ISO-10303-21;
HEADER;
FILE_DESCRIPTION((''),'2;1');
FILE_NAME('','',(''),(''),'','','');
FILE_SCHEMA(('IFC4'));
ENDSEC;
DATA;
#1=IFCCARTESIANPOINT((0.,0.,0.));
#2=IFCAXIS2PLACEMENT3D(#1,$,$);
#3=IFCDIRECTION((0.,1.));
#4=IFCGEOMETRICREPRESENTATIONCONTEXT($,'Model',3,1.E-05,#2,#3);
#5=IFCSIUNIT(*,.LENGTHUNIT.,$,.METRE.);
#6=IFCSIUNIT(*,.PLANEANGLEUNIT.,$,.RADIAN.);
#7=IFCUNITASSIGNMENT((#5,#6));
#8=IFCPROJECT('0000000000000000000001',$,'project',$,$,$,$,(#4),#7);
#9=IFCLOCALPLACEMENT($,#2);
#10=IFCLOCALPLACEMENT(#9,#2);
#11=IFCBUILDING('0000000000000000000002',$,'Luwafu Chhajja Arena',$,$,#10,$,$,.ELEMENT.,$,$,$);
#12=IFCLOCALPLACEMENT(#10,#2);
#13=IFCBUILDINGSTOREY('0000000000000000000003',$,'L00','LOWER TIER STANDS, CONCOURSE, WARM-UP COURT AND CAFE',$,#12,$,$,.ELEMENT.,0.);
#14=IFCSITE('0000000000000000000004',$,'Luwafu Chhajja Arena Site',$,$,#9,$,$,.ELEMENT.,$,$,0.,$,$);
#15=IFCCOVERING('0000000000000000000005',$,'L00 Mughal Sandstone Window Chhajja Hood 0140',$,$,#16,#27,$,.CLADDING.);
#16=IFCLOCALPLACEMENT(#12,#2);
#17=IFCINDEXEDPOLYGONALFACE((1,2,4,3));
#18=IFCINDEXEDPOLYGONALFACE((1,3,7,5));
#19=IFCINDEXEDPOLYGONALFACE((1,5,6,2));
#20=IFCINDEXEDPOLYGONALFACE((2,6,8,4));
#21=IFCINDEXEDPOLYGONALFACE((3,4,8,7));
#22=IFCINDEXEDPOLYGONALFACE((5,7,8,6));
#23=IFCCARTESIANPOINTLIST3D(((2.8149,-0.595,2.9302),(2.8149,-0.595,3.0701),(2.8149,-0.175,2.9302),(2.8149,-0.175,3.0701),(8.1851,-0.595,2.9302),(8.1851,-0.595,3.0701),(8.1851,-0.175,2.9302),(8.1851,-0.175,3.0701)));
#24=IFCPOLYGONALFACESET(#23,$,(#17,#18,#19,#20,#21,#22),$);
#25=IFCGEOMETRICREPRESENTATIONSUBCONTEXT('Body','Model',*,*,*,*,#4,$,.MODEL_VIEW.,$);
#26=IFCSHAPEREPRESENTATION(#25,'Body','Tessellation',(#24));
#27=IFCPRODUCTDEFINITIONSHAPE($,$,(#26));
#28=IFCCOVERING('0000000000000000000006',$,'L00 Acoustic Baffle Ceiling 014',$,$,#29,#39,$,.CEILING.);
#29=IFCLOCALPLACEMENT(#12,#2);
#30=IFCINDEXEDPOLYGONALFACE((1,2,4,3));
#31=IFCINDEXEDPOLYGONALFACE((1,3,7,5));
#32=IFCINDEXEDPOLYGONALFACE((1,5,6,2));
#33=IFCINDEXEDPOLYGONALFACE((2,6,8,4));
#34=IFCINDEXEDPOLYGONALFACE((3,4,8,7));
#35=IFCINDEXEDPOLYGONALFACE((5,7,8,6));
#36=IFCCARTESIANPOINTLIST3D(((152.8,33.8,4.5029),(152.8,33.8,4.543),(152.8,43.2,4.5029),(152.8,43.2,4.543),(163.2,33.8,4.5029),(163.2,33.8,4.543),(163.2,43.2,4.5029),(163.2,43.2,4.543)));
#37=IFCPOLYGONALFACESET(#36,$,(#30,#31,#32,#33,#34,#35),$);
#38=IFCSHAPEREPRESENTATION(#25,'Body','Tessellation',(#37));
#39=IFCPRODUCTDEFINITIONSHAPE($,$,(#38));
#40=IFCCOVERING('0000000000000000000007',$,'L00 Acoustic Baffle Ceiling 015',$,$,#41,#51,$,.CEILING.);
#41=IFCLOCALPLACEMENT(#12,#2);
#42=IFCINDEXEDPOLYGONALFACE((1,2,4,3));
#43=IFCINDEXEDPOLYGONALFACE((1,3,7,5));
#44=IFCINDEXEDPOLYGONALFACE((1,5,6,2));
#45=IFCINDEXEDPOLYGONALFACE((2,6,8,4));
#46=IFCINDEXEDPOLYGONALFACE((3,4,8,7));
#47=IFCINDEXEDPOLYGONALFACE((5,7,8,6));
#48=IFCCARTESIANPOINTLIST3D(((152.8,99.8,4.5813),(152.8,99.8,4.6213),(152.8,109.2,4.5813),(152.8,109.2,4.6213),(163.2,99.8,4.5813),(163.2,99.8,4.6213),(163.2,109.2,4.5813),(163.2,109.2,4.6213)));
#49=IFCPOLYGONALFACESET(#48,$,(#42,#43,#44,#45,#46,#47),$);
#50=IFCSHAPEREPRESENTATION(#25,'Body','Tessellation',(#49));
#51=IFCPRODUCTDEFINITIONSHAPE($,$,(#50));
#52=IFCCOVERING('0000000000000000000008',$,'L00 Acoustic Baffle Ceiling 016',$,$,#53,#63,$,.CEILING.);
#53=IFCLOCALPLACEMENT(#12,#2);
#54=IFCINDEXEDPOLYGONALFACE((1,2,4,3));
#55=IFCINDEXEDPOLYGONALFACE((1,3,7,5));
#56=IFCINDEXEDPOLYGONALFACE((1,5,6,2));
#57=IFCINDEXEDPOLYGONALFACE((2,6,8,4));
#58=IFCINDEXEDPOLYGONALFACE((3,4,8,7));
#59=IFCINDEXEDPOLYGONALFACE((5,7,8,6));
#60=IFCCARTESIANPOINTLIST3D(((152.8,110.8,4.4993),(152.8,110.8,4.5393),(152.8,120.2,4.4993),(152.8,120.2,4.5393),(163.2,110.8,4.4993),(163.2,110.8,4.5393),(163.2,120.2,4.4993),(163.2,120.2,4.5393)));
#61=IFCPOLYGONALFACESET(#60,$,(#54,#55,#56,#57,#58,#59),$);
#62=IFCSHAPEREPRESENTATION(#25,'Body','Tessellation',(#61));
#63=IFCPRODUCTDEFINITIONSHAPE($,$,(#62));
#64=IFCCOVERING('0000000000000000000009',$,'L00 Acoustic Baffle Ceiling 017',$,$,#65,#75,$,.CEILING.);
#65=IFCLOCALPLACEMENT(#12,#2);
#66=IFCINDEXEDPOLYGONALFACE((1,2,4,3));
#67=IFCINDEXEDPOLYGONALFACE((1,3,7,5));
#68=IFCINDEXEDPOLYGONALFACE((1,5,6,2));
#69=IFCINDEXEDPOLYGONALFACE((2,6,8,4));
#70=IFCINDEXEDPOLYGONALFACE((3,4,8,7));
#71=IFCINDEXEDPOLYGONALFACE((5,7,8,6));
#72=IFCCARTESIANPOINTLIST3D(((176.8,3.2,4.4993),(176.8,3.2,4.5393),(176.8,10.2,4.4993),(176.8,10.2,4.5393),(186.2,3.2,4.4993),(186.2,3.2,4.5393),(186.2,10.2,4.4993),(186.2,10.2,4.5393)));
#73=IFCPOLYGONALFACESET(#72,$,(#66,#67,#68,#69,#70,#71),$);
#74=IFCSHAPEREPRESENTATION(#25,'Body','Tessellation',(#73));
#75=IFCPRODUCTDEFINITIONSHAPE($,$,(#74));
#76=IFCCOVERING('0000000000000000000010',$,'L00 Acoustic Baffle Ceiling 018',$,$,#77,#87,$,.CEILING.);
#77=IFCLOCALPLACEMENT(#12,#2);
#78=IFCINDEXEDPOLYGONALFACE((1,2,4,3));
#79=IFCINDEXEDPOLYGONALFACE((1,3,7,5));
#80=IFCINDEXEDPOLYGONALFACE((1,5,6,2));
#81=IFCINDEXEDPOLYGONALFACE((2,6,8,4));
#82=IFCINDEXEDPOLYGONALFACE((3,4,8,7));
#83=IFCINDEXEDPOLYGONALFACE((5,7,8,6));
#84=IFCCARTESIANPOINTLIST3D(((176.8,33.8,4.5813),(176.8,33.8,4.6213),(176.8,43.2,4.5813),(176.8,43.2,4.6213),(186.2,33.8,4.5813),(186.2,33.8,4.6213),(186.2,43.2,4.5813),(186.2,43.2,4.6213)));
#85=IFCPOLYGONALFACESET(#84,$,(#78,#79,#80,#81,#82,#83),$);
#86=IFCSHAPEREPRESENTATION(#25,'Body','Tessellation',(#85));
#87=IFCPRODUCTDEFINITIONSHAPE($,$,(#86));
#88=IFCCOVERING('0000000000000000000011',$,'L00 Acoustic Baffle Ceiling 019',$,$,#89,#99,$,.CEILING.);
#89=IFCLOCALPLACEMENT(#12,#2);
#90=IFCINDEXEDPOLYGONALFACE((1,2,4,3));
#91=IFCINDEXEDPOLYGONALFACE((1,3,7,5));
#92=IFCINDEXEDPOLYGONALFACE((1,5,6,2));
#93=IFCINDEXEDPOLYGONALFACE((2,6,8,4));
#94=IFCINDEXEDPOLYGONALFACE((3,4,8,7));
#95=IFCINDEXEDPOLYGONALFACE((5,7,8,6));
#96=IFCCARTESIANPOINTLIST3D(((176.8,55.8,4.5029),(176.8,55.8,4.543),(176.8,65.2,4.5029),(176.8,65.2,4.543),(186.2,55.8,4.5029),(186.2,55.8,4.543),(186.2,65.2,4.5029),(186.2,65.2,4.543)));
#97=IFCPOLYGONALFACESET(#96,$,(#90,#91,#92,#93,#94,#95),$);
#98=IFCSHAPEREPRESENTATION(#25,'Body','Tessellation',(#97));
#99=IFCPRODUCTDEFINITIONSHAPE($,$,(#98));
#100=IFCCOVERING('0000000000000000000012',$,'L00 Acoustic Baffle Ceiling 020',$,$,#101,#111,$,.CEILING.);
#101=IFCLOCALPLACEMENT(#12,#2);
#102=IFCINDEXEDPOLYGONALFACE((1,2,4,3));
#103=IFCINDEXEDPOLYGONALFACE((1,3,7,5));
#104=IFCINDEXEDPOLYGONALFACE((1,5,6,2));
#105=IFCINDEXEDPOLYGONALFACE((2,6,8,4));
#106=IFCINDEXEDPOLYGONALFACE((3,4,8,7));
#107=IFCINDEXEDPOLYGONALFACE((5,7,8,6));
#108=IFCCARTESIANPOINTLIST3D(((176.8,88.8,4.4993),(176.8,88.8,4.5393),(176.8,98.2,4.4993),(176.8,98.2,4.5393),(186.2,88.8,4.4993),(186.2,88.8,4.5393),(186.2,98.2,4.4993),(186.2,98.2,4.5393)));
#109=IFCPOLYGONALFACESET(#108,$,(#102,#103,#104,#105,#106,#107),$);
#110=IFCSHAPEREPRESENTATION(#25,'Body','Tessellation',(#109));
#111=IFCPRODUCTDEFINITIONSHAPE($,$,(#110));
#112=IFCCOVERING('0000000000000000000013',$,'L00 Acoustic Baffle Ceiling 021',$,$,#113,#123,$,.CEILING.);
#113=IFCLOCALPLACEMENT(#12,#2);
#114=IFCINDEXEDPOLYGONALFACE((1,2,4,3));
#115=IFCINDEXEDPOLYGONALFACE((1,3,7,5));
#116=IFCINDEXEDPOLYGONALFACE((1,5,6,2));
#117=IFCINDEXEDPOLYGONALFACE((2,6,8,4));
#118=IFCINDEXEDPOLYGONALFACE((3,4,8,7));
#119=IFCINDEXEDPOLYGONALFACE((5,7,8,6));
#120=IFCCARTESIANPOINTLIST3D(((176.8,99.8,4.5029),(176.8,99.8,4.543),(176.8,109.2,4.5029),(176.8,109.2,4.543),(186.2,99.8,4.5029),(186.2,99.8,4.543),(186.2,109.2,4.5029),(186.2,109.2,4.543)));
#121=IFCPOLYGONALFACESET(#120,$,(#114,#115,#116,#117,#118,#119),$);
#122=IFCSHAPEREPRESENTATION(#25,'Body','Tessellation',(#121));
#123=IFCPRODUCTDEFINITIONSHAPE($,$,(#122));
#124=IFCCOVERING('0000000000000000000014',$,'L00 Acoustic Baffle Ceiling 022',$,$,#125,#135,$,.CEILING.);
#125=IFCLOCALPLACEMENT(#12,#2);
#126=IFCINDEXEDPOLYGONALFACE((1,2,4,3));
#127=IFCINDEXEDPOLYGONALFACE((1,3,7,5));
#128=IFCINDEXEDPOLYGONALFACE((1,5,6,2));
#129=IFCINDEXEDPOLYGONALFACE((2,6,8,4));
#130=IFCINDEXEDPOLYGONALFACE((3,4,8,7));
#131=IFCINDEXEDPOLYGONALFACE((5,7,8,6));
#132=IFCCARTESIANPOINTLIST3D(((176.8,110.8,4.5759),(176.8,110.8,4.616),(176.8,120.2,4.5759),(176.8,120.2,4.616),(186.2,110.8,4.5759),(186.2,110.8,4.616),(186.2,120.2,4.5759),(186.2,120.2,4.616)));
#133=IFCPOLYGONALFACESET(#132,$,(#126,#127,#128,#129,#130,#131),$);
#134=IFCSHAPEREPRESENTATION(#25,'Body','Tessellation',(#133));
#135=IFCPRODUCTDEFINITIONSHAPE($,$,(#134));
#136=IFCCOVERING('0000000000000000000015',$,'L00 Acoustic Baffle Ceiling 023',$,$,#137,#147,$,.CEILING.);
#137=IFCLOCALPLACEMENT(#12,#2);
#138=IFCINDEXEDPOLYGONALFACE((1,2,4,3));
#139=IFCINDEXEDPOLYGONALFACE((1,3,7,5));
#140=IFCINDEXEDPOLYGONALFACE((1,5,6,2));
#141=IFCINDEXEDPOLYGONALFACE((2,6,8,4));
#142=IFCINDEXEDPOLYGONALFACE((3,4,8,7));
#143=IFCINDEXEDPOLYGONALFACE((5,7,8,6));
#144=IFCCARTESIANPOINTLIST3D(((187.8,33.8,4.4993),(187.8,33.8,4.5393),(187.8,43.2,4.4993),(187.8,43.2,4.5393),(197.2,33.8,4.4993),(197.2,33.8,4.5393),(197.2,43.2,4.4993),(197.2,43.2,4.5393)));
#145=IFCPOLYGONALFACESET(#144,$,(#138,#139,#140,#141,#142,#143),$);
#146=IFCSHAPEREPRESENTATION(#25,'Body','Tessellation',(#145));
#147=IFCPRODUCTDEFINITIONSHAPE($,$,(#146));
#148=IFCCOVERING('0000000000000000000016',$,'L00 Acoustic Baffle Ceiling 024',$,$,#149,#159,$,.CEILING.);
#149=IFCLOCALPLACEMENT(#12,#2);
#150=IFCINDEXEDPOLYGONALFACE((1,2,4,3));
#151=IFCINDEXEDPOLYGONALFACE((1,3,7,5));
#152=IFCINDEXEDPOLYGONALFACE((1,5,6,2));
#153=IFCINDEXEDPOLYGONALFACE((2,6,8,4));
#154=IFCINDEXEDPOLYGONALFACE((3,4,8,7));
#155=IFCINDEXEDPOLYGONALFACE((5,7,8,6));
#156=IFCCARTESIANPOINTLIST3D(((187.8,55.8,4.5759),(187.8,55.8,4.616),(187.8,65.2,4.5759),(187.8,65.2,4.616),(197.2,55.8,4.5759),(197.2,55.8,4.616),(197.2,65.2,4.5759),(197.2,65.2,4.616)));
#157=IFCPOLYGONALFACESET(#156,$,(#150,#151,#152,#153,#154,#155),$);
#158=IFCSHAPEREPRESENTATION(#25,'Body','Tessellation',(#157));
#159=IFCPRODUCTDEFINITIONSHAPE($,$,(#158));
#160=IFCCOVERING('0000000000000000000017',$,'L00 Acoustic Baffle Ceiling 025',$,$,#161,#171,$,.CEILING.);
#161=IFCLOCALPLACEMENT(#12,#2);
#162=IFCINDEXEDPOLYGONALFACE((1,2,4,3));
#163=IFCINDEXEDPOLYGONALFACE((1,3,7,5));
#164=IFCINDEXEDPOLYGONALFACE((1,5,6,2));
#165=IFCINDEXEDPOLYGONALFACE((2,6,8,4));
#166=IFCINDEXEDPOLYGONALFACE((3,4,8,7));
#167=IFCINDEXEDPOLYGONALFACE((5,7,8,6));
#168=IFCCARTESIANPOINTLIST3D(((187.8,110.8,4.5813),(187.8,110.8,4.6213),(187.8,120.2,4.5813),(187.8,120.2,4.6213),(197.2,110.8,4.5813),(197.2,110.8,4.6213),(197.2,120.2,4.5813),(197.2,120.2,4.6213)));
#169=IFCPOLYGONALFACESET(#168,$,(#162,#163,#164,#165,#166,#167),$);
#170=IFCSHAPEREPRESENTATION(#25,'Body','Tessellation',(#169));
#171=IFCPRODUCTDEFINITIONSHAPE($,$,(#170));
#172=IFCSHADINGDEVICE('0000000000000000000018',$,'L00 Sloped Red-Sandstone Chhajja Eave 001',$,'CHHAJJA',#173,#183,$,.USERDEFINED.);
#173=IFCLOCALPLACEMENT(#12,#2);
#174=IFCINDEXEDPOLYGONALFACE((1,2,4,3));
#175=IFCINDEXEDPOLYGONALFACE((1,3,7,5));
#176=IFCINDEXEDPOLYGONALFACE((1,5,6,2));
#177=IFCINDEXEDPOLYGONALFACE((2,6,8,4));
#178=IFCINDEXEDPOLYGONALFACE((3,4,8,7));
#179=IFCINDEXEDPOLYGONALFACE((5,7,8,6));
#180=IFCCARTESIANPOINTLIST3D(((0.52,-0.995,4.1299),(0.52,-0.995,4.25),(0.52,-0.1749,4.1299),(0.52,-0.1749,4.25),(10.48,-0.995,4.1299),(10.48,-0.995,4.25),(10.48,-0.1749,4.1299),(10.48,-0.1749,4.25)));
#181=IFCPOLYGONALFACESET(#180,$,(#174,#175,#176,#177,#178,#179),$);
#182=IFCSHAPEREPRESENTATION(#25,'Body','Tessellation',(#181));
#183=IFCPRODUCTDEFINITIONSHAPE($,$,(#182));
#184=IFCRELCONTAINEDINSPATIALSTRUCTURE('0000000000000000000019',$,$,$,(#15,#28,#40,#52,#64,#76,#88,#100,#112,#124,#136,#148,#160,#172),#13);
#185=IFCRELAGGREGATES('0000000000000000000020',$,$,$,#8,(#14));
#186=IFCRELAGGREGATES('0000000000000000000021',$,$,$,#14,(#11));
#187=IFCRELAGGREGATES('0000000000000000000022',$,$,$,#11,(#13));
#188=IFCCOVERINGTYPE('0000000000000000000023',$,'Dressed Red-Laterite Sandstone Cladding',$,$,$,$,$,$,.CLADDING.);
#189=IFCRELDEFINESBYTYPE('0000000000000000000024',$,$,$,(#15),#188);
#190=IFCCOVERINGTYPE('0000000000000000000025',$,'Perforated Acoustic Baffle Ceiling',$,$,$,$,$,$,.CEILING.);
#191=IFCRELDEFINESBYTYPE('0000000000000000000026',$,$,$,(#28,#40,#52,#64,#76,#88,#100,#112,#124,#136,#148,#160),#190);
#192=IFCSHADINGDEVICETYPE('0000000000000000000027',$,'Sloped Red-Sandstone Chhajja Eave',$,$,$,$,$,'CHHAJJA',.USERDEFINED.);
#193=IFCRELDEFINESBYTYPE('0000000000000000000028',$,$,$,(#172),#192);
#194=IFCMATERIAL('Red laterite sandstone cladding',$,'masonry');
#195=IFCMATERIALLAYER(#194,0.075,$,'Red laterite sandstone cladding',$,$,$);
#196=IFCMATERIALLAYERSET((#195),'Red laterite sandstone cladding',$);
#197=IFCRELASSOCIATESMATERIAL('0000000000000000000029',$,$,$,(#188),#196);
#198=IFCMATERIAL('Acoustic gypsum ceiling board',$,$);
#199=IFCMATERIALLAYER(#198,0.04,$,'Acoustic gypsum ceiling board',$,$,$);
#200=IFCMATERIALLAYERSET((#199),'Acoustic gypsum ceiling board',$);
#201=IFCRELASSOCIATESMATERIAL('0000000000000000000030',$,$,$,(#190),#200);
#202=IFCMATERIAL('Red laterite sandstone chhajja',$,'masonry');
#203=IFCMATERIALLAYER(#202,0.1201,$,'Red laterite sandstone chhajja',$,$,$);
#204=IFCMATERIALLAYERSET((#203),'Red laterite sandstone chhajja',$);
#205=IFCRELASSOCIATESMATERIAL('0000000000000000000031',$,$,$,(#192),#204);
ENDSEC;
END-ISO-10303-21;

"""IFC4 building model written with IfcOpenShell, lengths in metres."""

from ifc_helpers import new_model, si_unit, direction, frame, origin, origin_2d, place, context, subcontext, project, spatial, polyline, rectangle, outline, extrude, material, layer, layer_set, type_object, element, save


model = new_model("IFC4")

# Units and contexts
model_context = context("Model", 3, precision=1e-05, world=origin(), true_north=direction((0.0, 1.0)))
body_context = subcontext(model_context, "Body", "Model", "MODEL_VIEW")
ifc_project = project(units=[si_unit("LENGTHUNIT", "METRE"), si_unit("PLANEANGLEUNIT", "RADIAN")], contexts=[model_context])

# Site, building, storey
site_placement = place(None, origin())
site = spatial("IfcSite", under=ifc_project, at=site_placement, Name="Luwafu Chhajja Arena Site", CompositionType="ELEMENT", RefElevation=0.0)
building_placement = place(site_placement, origin())
building = spatial("IfcBuilding", under=site, at=building_placement, Name="Luwafu Chhajja Arena", CompositionType="ELEMENT")
storey_placement = place(building_placement, origin())
storey = spatial("IfcBuildingStorey", under=building, at=storey_placement, Name="L00", Description="LOWER TIER STANDS, CONCOURSE, WARM-UP COURT AND CAFE", CompositionType="ELEMENT", Elevation=0.0)

# Coverings
ifc_material_1 = material(Name="Red laterite sandstone cladding", Category="masonry")
ifc_layer_1 = layer(ifc_material_1, 0.075, Name="Red laterite sandstone cladding")
ifc_layer_set_1 = layer_set([ifc_layer_1], Name="Red laterite sandstone cladding")
covering_type_1 = type_object("IfcCoveringType", Name="Dressed Red-Laterite Sandstone Cladding", PredefinedType="CLADDING", material=ifc_layer_set_1)
covering_1_placement = place(storey_placement, frame((5.5, -0.385, 2.9302), z_axis=(0.0, 0.0, 1.0), x_axis=(1.0, 0.0, 0.0)))
element("IfcCovering", 1, at=covering_1_placement, inside=storey, type_object=covering_type_1, Name="L00 Mughal Sandstone Window Chhajja Hood 0140", PredefinedType="CLADDING", context=body_context, shape_type="SweptSolid", body=[
    extrude(rectangle(XDim=5.3701, YDim=0.4199, at=origin_2d()), origin(), (0.0, 0.0, 1.0), 0.1399),
])
ifc_material_2 = material(Name="Acoustic gypsum ceiling board")
ifc_layer_2 = layer(ifc_material_2, 0.04, Name="Acoustic gypsum ceiling board")
ifc_layer_set_2 = layer_set([ifc_layer_2], Name="Acoustic gypsum ceiling board")
covering_type_2 = type_object("IfcCoveringType", Name="Perforated Acoustic Baffle Ceiling", PredefinedType="CEILING", material=ifc_layer_set_2)
covering_2_placement = place(storey_placement, frame((0.0, 0.0, 4.5029)))
element("IfcCovering", 2, at=covering_2_placement, inside=storey, type_object=covering_type_2, Name="L00 Acoustic Baffle Ceiling 014", PredefinedType="CEILING", context=body_context, shape_type="SweptSolid", body=[
    extrude(outline(polyline([(152.8, 33.8), (163.2, 33.8), (163.2, 43.2), (152.8, 43.2), (152.8, 33.8)])), origin(), (0.0, 0.0, 1.0), 0.04),
])
covering_3_placement = place(storey_placement, frame((0.0, 0.0, 4.5813)))
element("IfcCovering", 3, at=covering_3_placement, inside=storey, type_object=covering_type_2, Name="L00 Acoustic Baffle Ceiling 015", PredefinedType="CEILING", context=body_context, shape_type="SweptSolid", body=[
    extrude(outline(polyline([(152.8, 99.8), (163.2, 99.8), (163.2, 109.2), (152.8, 109.2), (152.8, 99.8)])), origin(), (0.0, 0.0, 1.0), 0.04),
])
covering_4_placement = place(storey_placement, frame((0.0, 0.0, 4.4993)))
element("IfcCovering", 4, at=covering_4_placement, inside=storey, type_object=covering_type_2, Name="L00 Acoustic Baffle Ceiling 016", PredefinedType="CEILING", context=body_context, shape_type="SweptSolid", body=[
    extrude(outline(polyline([(152.8, 110.8), (163.2, 110.8), (163.2, 120.2), (152.8, 120.2), (152.8, 110.8)])), origin(), (0.0, 0.0, 1.0), 0.04),
])
covering_5_placement = place(storey_placement, frame((0.0, 0.0, 4.4993)))
element("IfcCovering", 5, at=covering_5_placement, inside=storey, type_object=covering_type_2, Name="L00 Acoustic Baffle Ceiling 017", PredefinedType="CEILING", context=body_context, shape_type="SweptSolid", body=[
    extrude(outline(polyline([(176.8, 3.2), (186.2, 3.2), (186.2, 10.2), (176.8, 10.2), (176.8, 3.2)])), origin(), (0.0, 0.0, 1.0), 0.04),
])
covering_6_placement = place(storey_placement, frame((0.0, 0.0, 4.5813)))
element("IfcCovering", 6, at=covering_6_placement, inside=storey, type_object=covering_type_2, Name="L00 Acoustic Baffle Ceiling 018", PredefinedType="CEILING", context=body_context, shape_type="SweptSolid", body=[
    extrude(outline(polyline([(176.8, 33.8), (186.2, 33.8), (186.2, 43.2), (176.8, 43.2), (176.8, 33.8)])), origin(), (0.0, 0.0, 1.0), 0.04),
])
covering_7_placement = place(storey_placement, frame((0.0, 0.0, 4.5029)))
element("IfcCovering", 7, at=covering_7_placement, inside=storey, type_object=covering_type_2, Name="L00 Acoustic Baffle Ceiling 019", PredefinedType="CEILING", context=body_context, shape_type="SweptSolid", body=[
    extrude(outline(polyline([(176.8, 55.8), (186.2, 55.8), (186.2, 65.2), (176.8, 65.2), (176.8, 55.8)])), origin(), (0.0, 0.0, 1.0), 0.04),
])
covering_8_placement = place(storey_placement, frame((0.0, 0.0, 4.4993)))
element("IfcCovering", 8, at=covering_8_placement, inside=storey, type_object=covering_type_2, Name="L00 Acoustic Baffle Ceiling 020", PredefinedType="CEILING", context=body_context, shape_type="SweptSolid", body=[
    extrude(outline(polyline([(176.8, 88.8), (186.2, 88.8), (186.2, 98.2), (176.8, 98.2), (176.8, 88.8)])), origin(), (0.0, 0.0, 1.0), 0.04),
])
covering_9_placement = place(storey_placement, frame((0.0, 0.0, 4.5029)))
element("IfcCovering", 9, at=covering_9_placement, inside=storey, type_object=covering_type_2, Name="L00 Acoustic Baffle Ceiling 021", PredefinedType="CEILING", context=body_context, shape_type="SweptSolid", body=[
    extrude(outline(polyline([(176.8, 99.8), (186.2, 99.8), (186.2, 109.2), (176.8, 109.2), (176.8, 99.8)])), origin(), (0.0, 0.0, 1.0), 0.04),
])
covering_10_placement = place(storey_placement, frame((0.0, 0.0, 4.5759)))
element("IfcCovering", 10, at=covering_10_placement, inside=storey, type_object=covering_type_2, Name="L00 Acoustic Baffle Ceiling 022", PredefinedType="CEILING", context=body_context, shape_type="SweptSolid", body=[
    extrude(outline(polyline([(176.8, 110.8), (186.2, 110.8), (186.2, 120.2), (176.8, 120.2), (176.8, 110.8)])), origin(), (0.0, 0.0, 1.0), 0.04),
])
covering_11_placement = place(storey_placement, frame((0.0, 0.0, 4.4993)))
element("IfcCovering", 11, at=covering_11_placement, inside=storey, type_object=covering_type_2, Name="L00 Acoustic Baffle Ceiling 023", PredefinedType="CEILING", context=body_context, shape_type="SweptSolid", body=[
    extrude(outline(polyline([(187.8, 33.8), (197.2, 33.8), (197.2, 43.2), (187.8, 43.2), (187.8, 33.8)])), origin(), (0.0, 0.0, 1.0), 0.04),
])
covering_12_placement = place(storey_placement, frame((0.0, 0.0, 4.5759)))
element("IfcCovering", 12, at=covering_12_placement, inside=storey, type_object=covering_type_2, Name="L00 Acoustic Baffle Ceiling 024", PredefinedType="CEILING", context=body_context, shape_type="SweptSolid", body=[
    extrude(outline(polyline([(187.8, 55.8), (197.2, 55.8), (197.2, 65.2), (187.8, 65.2), (187.8, 55.8)])), origin(), (0.0, 0.0, 1.0), 0.04),
])
covering_13_placement = place(storey_placement, frame((0.0, 0.0, 4.5813)))
element("IfcCovering", 13, at=covering_13_placement, inside=storey, type_object=covering_type_2, Name="L00 Acoustic Baffle Ceiling 025", PredefinedType="CEILING", context=body_context, shape_type="SweptSolid", body=[
    extrude(outline(polyline([(187.8, 110.8), (197.2, 110.8), (197.2, 120.2), (187.8, 120.2), (187.8, 110.8)])), origin(), (0.0, 0.0, 1.0), 0.04),
])

# Shading device
ifc_material_3 = material(Name="Red laterite sandstone chhajja", Category="masonry")
ifc_layer_3 = layer(ifc_material_3, 0.1201, Name="Red laterite sandstone chhajja")
ifc_layer_set_3 = layer_set([ifc_layer_3], Name="Red laterite sandstone chhajja")
shading_device_type = type_object("IfcShadingDeviceType", Name="Sloped Red-Sandstone Chhajja Eave", ElementType="CHHAJJA", PredefinedType="USERDEFINED", material=ifc_layer_set_3)
shading_device_placement = place(storey_placement, frame((5.5, -0.585, 4.1299), z_axis=(0.0, 0.0, 1.0), x_axis=(1.0, 0.0, 0.0)))
element("IfcShadingDevice", 14, at=shading_device_placement, inside=storey, type_object=shading_device_type, Name="L00 Sloped Red-Sandstone Chhajja Eave 001", ObjectType="CHHAJJA", PredefinedType="USERDEFINED", context=body_context, shape_type="SweptSolid", body=[
    extrude(rectangle(XDim=9.96, YDim=0.8201, at=origin_2d()), origin(), (0.0, 0.0, 1.0), 0.1201),
])

save(model, "model.ifc")
